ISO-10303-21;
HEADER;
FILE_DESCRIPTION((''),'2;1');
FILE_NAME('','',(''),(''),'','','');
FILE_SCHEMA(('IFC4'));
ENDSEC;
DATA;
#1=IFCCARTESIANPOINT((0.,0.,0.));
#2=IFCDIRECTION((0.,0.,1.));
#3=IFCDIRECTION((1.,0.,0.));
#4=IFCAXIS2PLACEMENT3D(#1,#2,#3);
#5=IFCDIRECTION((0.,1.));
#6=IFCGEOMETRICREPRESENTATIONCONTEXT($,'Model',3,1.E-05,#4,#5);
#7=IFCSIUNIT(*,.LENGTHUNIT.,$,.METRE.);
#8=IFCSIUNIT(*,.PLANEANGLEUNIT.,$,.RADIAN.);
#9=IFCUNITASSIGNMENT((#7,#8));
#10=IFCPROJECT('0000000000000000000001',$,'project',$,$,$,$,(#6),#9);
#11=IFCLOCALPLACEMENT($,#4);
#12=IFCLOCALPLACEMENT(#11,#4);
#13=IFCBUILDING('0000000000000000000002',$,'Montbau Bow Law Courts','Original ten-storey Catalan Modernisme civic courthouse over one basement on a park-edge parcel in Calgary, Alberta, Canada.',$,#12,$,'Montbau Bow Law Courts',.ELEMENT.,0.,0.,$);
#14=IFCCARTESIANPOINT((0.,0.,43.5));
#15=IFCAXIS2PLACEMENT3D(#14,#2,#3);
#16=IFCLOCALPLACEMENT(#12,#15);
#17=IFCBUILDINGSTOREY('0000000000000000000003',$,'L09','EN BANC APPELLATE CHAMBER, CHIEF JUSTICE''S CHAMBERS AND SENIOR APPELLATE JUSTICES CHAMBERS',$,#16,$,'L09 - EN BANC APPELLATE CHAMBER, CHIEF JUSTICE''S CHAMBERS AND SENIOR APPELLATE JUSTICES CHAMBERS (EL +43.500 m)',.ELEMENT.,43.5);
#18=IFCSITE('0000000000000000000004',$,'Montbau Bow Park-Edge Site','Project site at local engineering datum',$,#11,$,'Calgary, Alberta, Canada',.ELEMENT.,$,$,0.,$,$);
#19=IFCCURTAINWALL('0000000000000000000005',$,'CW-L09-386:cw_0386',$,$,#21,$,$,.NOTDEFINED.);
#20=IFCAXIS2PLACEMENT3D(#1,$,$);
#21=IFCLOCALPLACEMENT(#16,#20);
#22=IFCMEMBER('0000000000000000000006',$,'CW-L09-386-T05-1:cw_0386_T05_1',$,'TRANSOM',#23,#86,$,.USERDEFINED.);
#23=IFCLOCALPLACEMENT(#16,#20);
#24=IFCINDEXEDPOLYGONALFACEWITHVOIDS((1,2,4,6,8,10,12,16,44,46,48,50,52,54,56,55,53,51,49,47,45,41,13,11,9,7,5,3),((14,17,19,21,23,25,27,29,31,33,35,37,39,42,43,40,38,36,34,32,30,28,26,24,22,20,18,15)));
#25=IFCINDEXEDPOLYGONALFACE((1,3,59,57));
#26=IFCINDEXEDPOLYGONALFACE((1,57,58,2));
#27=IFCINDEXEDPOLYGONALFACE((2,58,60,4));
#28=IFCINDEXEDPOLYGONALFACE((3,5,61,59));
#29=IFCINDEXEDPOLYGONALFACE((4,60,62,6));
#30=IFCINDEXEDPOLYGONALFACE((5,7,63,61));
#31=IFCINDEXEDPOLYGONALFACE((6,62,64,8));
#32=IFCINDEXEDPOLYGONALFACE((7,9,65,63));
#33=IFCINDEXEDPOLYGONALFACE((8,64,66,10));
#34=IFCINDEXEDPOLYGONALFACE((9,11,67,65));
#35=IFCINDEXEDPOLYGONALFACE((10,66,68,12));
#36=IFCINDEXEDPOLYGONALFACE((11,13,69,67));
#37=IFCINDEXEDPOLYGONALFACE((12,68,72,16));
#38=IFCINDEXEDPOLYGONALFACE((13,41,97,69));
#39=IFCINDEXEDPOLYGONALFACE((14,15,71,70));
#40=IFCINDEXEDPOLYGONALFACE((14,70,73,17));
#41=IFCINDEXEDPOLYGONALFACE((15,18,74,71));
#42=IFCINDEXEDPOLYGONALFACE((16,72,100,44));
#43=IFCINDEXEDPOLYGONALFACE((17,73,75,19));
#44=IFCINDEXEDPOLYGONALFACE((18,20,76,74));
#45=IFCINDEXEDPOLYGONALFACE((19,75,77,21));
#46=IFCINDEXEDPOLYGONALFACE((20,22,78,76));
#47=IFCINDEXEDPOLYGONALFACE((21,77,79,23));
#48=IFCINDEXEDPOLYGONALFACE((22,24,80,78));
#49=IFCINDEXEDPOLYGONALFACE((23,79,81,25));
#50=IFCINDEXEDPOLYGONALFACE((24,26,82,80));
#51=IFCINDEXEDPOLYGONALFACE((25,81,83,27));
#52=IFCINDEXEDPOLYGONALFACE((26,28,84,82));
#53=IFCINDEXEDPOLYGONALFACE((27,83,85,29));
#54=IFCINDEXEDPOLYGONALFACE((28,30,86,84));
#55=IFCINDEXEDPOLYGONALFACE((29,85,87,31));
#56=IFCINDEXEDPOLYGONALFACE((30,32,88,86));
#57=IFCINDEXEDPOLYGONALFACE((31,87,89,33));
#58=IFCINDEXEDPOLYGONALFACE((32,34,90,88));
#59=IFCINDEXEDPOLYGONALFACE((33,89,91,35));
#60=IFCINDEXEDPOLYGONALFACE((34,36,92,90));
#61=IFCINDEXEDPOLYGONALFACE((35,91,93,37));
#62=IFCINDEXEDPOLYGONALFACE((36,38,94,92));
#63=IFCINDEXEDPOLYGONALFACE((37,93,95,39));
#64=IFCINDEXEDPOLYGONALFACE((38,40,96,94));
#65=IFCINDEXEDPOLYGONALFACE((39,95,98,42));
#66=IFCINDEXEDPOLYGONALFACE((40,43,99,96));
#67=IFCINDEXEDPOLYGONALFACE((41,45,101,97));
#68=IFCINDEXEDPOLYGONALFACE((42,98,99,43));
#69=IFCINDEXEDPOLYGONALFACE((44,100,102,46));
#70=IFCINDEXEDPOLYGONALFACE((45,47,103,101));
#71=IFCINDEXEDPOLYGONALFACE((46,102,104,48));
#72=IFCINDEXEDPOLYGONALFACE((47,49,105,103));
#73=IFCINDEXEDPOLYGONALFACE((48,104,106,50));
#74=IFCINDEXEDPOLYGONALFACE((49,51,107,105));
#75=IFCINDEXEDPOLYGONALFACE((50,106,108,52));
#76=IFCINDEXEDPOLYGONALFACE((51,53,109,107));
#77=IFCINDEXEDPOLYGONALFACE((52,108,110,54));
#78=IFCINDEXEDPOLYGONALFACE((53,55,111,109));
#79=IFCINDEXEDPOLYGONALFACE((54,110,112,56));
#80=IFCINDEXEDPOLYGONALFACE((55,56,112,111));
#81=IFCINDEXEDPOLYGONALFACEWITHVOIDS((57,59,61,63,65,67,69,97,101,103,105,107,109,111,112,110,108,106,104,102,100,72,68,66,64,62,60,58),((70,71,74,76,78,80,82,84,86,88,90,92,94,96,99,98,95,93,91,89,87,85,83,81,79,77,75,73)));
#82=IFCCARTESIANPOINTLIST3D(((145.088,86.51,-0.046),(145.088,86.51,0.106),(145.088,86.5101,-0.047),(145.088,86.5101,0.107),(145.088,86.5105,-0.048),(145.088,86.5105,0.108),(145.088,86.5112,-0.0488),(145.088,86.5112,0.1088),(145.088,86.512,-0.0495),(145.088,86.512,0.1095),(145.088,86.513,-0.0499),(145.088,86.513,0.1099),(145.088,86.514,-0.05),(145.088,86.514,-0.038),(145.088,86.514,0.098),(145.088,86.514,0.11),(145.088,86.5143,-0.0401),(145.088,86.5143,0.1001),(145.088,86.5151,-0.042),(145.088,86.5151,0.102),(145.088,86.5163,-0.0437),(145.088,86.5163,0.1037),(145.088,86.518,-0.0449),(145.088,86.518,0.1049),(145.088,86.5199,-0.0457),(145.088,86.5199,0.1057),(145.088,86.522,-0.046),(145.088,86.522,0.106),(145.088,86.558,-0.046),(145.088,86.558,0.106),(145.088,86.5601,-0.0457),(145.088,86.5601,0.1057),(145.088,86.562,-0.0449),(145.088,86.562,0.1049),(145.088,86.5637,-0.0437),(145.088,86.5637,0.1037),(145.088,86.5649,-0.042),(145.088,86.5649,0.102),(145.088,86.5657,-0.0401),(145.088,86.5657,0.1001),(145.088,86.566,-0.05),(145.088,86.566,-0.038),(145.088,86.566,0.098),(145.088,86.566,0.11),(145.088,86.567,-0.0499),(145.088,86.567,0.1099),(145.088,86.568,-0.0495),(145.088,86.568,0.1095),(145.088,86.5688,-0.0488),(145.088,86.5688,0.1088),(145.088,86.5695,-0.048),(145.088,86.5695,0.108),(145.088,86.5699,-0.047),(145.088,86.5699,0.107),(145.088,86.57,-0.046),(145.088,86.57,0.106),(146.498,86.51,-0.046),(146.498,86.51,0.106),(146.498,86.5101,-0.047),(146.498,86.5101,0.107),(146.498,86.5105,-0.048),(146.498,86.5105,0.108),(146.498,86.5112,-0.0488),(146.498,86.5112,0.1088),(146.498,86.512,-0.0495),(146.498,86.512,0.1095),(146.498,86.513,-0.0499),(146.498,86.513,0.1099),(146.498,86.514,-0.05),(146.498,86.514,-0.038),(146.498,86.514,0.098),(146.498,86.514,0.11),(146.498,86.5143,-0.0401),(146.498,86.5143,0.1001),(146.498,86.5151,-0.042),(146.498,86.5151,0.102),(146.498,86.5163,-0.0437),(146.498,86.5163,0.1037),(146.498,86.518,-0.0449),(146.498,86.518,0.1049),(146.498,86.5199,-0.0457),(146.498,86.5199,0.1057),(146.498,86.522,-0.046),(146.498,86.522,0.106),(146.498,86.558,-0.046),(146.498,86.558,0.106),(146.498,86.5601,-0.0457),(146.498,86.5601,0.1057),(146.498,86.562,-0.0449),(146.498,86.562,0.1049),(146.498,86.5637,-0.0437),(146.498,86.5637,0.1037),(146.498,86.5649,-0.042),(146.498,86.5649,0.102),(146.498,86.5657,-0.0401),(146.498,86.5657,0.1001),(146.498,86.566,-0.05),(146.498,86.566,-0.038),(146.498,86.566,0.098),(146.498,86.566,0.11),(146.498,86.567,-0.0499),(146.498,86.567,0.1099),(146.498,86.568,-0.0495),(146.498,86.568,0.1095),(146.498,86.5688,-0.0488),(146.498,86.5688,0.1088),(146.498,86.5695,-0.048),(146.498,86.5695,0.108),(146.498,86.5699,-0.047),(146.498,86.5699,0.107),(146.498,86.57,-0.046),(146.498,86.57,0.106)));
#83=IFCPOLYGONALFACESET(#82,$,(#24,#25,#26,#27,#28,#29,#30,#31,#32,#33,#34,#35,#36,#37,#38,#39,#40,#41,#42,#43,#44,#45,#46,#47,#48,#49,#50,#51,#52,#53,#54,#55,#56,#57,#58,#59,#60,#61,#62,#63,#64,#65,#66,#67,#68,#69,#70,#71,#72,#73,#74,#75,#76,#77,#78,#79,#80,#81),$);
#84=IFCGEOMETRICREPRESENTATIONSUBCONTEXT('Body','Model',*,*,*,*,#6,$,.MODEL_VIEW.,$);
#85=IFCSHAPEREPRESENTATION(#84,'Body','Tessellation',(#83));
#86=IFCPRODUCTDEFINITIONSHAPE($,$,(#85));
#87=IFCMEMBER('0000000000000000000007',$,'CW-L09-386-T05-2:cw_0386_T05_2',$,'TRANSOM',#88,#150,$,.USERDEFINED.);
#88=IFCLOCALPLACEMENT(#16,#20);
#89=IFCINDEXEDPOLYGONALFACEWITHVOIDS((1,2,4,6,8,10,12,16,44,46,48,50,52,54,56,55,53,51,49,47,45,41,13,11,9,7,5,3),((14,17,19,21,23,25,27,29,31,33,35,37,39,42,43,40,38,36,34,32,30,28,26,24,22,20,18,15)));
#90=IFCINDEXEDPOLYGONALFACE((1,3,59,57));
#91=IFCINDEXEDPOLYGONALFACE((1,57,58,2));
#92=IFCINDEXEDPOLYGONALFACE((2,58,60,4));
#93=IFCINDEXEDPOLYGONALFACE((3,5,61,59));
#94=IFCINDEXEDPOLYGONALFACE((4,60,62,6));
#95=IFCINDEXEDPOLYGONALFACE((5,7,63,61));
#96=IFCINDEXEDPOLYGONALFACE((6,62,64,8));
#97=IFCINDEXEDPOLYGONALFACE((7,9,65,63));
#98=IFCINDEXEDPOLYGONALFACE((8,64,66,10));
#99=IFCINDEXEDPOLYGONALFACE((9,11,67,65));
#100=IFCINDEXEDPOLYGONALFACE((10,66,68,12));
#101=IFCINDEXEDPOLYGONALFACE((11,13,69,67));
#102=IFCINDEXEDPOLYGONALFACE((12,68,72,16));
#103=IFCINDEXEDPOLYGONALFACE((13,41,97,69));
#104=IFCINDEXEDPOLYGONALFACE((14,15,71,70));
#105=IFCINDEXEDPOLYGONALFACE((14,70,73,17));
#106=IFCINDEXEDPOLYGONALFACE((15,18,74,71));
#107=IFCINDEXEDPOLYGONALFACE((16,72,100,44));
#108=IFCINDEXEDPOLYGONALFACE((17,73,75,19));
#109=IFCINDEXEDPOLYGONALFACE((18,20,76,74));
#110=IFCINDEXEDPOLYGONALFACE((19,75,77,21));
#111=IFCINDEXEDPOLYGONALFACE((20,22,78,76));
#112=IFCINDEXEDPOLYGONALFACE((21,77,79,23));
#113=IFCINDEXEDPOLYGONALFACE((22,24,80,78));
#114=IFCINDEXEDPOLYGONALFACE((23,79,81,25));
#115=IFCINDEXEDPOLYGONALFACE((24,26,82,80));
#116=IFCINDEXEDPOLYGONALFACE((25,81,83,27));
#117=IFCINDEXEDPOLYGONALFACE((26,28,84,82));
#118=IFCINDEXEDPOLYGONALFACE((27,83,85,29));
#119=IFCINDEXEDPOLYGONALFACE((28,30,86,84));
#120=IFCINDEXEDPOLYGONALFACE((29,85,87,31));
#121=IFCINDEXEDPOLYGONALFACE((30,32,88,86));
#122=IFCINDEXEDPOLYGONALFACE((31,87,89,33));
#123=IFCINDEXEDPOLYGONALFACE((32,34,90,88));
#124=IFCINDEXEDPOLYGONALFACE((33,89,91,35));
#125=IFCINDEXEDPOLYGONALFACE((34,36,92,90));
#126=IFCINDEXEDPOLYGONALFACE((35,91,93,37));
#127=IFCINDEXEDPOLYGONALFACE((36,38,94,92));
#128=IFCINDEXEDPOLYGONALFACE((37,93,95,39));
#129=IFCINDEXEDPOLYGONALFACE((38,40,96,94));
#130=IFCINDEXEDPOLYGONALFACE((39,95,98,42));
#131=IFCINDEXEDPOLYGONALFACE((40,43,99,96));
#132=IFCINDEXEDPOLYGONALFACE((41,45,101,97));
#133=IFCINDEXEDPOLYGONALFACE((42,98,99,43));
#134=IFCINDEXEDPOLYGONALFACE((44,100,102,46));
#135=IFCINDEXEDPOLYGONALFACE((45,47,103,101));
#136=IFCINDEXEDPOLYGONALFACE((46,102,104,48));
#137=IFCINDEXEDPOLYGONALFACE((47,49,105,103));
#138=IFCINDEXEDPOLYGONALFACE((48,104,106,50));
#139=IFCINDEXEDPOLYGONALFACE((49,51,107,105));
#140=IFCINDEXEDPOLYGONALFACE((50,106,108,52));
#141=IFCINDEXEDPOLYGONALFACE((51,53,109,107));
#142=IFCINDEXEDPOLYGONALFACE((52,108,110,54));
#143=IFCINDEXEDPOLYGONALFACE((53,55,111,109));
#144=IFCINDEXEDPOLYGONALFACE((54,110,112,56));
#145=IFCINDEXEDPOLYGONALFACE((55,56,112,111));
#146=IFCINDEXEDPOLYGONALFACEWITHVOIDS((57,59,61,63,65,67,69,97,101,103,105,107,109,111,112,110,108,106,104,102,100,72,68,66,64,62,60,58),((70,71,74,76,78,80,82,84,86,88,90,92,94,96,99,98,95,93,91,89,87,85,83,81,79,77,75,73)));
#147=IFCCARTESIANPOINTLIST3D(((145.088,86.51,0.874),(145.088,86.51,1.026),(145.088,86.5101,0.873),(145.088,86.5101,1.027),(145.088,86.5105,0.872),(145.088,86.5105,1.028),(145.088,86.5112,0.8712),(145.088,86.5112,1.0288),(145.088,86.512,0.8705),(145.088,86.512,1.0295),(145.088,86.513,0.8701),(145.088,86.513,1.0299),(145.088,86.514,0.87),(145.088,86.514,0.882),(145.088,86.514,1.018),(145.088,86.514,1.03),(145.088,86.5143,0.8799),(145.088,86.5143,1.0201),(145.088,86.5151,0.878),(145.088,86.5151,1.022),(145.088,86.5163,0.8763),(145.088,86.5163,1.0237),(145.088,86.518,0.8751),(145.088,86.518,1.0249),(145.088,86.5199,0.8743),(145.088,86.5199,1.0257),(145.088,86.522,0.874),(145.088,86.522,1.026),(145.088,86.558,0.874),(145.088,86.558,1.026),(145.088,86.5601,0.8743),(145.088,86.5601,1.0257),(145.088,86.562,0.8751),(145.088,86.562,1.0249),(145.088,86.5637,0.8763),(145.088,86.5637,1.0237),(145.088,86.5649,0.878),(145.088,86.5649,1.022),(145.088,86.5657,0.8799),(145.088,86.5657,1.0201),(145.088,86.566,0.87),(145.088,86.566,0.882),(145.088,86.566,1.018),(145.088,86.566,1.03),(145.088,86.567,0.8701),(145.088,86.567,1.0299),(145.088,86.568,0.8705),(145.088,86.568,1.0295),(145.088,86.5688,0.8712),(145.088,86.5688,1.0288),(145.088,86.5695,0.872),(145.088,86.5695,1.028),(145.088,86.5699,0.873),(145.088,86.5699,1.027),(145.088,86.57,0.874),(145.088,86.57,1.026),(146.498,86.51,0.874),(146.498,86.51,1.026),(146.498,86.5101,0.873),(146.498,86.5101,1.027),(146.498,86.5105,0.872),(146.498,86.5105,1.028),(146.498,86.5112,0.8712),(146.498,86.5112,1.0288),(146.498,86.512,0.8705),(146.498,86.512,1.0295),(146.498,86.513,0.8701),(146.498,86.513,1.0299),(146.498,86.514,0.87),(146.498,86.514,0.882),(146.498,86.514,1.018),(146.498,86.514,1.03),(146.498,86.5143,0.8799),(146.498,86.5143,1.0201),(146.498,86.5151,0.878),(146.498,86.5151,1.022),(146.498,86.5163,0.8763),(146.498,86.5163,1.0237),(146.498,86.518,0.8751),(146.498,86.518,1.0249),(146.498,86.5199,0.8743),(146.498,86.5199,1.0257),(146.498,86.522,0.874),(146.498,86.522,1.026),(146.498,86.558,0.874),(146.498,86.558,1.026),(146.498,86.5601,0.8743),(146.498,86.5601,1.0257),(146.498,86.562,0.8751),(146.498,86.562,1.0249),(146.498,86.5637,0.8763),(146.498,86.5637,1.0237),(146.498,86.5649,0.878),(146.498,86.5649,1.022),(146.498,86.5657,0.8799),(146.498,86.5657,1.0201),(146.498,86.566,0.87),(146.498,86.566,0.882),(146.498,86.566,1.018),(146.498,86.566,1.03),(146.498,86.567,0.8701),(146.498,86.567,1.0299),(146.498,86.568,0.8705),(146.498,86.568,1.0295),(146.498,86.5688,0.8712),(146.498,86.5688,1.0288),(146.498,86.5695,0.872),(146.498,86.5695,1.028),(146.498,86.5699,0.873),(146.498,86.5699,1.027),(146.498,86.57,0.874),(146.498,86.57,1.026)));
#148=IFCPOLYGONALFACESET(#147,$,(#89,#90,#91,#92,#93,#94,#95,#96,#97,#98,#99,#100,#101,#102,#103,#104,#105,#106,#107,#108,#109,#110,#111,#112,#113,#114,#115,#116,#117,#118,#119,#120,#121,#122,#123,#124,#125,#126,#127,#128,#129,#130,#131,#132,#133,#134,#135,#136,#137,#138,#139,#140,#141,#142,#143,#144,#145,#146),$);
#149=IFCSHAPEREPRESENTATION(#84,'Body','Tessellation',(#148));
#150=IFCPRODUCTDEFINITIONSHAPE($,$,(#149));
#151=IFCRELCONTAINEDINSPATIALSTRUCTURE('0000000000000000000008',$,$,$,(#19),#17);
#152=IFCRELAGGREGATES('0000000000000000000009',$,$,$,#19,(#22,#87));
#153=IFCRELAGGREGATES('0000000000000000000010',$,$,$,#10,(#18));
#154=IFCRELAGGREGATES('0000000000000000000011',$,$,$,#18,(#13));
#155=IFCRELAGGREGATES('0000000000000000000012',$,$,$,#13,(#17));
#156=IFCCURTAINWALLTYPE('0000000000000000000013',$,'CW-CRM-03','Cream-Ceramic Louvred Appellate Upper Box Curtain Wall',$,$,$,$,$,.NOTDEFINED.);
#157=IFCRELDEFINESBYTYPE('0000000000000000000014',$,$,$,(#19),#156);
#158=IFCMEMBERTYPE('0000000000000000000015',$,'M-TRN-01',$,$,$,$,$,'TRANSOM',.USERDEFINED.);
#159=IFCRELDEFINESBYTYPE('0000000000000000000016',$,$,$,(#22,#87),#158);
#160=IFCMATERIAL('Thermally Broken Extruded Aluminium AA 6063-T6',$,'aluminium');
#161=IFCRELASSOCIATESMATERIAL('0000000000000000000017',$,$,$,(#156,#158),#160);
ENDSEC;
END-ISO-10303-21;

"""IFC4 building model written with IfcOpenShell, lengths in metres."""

from ifc_helpers import new_model, si_unit, direction, frame, origin_with_axes, origin_2d_with_axis, place, context, subcontext, project, spatial, hollow_rectangle, extrude, material, material_profile, profile_set, type_object, element, aggregate, save


model = new_model("IFC4")

# Units and contexts
model_context = context("Model", 3, precision=1e-05, world=origin_with_axes(), true_north=direction((0.0, 1.0)))
body_context = subcontext(model_context, "Body", "Model", "MODEL_VIEW")
ifc_project = project(units=[si_unit("LENGTHUNIT", "METRE"), si_unit("PLANEANGLEUNIT", "RADIAN")], contexts=[model_context])

# Site, building, storey
site_placement = place(None, origin_with_axes())
site = spatial("IfcSite", under=ifc_project, at=site_placement, Name="Montbau Bow Park-Edge Site", Description="Project site at local engineering datum", LongName="Calgary, Alberta, Canada", CompositionType="ELEMENT", RefElevation=0.0)
building_placement = place(site_placement, origin_with_axes())
building = spatial("IfcBuilding", under=site, at=building_placement, Name="Montbau Bow Law Courts", Description="Original ten-storey Catalan Modernisme civic courthouse over one basement on a park-edge parcel in Calgary, Alberta, Canada.", LongName="Montbau Bow Law Courts", CompositionType="ELEMENT", ElevationOfRefHeight=0.0, ElevationOfTerrain=0.0)
storey_placement = place(building_placement, frame((0.0, 0.0, 43.5), z_axis=(0.0, 0.0, 1.0), x_axis=(1.0, 0.0, 0.0)))
storey = spatial("IfcBuildingStorey", under=building, at=storey_placement, Name="L09", Description="EN BANC APPELLATE CHAMBER, CHIEF JUSTICE'S CHAMBERS AND SENIOR APPELLATE JUSTICES CHAMBERS", LongName="L09 - EN BANC APPELLATE CHAMBER, CHIEF JUSTICE'S CHAMBERS AND SENIOR APPELLATE JUSTICES CHAMBERS (EL +43.500 m)", CompositionType="ELEMENT", Elevation=43.5)

# Shared definitions
ifc_material_1 = material(Name="Thermally Broken Extruded Aluminium AA 6063-T6", Category="aluminium")
curtain_wall_type = type_object("IfcCurtainWallType", Name="CW-CRM-03", Description="Cream-Ceramic Louvred Appellate Upper Box Curtain Wall", PredefinedType="NOTDEFINED", material=ifc_material_1)

# Curtain wall, members
curtain_wall_1_placement = place(None, frame((139.04, 86.54, 43.5), z_axis=(0.0, 0.0, 1.0), x_axis=(1.0, 0.0, 0.0)))
curtain_wall_1 = element("IfcCurtainWall", 1, at=curtain_wall_1_placement, inside=storey, type_object=curtain_wall_type, Name="CW-L09-386:cw_0386", PredefinedType="NOTDEFINED")
ifc_material_profile_1 = material_profile(ifc_material_1, hollow_rectangle(XDim=0.06, YDim=0.16, WallThickness=0.004, InnerFilletRadius=0.008, OuterFilletRadius=0.004, at=origin_2d_with_axis()), Name="CWT-160X60", Category="Main", Priority=0)
ifc_profile_set_1 = profile_set([ifc_material_profile_1], Name="Thermally Broken Extruded Aluminium AA 6063-T6")
member_type_1 = type_object("IfcMemberType", Name="M-TRN-01", ElementType="TRANSOM", PredefinedType="USERDEFINED", material=ifc_profile_set_1)
member_1_placement = place(None, frame((145.088, 86.54, 43.53), z_axis=(1.0, 0.0, 0.0), x_axis=(0.0, 1.0, 0.0)))
member_1 = element("IfcMember", 2, at=member_1_placement, type_object=member_type_1, Name="CW-L09-386-T05-1:cw_0386_T05_1", ObjectType="TRANSOM", PredefinedType="USERDEFINED", context=body_context, shape_type="SweptSolid", body=[
    extrude(hollow_rectangle(XDim=0.06, YDim=0.16, WallThickness=0.004, InnerFilletRadius=0.008, OuterFilletRadius=0.004, at=origin_2d_with_axis()), origin_with_axes(), (0.0, 0.0, 1.0), 1.41),
])
member_2_placement = place(None, frame((145.088, 86.54, 44.45), z_axis=(1.0, 0.0, 0.0), x_axis=(0.0, 1.0, 0.0)))
member_2 = element("IfcMember", 3, at=member_2_placement, type_object=member_type_1, Name="CW-L09-386-T05-2:cw_0386_T05_2", ObjectType="TRANSOM", PredefinedType="USERDEFINED", context=body_context, shape_type="SweptSolid", body=[
    extrude(hollow_rectangle(XDim=0.06, YDim=0.16, WallThickness=0.004, InnerFilletRadius=0.008, OuterFilletRadius=0.004, at=origin_2d_with_axis()), origin_with_axes(), (0.0, 0.0, 1.0), 1.41),
])

aggregate(curtain_wall_1, [member_1, member_2])

save(model, "model.ifc")
